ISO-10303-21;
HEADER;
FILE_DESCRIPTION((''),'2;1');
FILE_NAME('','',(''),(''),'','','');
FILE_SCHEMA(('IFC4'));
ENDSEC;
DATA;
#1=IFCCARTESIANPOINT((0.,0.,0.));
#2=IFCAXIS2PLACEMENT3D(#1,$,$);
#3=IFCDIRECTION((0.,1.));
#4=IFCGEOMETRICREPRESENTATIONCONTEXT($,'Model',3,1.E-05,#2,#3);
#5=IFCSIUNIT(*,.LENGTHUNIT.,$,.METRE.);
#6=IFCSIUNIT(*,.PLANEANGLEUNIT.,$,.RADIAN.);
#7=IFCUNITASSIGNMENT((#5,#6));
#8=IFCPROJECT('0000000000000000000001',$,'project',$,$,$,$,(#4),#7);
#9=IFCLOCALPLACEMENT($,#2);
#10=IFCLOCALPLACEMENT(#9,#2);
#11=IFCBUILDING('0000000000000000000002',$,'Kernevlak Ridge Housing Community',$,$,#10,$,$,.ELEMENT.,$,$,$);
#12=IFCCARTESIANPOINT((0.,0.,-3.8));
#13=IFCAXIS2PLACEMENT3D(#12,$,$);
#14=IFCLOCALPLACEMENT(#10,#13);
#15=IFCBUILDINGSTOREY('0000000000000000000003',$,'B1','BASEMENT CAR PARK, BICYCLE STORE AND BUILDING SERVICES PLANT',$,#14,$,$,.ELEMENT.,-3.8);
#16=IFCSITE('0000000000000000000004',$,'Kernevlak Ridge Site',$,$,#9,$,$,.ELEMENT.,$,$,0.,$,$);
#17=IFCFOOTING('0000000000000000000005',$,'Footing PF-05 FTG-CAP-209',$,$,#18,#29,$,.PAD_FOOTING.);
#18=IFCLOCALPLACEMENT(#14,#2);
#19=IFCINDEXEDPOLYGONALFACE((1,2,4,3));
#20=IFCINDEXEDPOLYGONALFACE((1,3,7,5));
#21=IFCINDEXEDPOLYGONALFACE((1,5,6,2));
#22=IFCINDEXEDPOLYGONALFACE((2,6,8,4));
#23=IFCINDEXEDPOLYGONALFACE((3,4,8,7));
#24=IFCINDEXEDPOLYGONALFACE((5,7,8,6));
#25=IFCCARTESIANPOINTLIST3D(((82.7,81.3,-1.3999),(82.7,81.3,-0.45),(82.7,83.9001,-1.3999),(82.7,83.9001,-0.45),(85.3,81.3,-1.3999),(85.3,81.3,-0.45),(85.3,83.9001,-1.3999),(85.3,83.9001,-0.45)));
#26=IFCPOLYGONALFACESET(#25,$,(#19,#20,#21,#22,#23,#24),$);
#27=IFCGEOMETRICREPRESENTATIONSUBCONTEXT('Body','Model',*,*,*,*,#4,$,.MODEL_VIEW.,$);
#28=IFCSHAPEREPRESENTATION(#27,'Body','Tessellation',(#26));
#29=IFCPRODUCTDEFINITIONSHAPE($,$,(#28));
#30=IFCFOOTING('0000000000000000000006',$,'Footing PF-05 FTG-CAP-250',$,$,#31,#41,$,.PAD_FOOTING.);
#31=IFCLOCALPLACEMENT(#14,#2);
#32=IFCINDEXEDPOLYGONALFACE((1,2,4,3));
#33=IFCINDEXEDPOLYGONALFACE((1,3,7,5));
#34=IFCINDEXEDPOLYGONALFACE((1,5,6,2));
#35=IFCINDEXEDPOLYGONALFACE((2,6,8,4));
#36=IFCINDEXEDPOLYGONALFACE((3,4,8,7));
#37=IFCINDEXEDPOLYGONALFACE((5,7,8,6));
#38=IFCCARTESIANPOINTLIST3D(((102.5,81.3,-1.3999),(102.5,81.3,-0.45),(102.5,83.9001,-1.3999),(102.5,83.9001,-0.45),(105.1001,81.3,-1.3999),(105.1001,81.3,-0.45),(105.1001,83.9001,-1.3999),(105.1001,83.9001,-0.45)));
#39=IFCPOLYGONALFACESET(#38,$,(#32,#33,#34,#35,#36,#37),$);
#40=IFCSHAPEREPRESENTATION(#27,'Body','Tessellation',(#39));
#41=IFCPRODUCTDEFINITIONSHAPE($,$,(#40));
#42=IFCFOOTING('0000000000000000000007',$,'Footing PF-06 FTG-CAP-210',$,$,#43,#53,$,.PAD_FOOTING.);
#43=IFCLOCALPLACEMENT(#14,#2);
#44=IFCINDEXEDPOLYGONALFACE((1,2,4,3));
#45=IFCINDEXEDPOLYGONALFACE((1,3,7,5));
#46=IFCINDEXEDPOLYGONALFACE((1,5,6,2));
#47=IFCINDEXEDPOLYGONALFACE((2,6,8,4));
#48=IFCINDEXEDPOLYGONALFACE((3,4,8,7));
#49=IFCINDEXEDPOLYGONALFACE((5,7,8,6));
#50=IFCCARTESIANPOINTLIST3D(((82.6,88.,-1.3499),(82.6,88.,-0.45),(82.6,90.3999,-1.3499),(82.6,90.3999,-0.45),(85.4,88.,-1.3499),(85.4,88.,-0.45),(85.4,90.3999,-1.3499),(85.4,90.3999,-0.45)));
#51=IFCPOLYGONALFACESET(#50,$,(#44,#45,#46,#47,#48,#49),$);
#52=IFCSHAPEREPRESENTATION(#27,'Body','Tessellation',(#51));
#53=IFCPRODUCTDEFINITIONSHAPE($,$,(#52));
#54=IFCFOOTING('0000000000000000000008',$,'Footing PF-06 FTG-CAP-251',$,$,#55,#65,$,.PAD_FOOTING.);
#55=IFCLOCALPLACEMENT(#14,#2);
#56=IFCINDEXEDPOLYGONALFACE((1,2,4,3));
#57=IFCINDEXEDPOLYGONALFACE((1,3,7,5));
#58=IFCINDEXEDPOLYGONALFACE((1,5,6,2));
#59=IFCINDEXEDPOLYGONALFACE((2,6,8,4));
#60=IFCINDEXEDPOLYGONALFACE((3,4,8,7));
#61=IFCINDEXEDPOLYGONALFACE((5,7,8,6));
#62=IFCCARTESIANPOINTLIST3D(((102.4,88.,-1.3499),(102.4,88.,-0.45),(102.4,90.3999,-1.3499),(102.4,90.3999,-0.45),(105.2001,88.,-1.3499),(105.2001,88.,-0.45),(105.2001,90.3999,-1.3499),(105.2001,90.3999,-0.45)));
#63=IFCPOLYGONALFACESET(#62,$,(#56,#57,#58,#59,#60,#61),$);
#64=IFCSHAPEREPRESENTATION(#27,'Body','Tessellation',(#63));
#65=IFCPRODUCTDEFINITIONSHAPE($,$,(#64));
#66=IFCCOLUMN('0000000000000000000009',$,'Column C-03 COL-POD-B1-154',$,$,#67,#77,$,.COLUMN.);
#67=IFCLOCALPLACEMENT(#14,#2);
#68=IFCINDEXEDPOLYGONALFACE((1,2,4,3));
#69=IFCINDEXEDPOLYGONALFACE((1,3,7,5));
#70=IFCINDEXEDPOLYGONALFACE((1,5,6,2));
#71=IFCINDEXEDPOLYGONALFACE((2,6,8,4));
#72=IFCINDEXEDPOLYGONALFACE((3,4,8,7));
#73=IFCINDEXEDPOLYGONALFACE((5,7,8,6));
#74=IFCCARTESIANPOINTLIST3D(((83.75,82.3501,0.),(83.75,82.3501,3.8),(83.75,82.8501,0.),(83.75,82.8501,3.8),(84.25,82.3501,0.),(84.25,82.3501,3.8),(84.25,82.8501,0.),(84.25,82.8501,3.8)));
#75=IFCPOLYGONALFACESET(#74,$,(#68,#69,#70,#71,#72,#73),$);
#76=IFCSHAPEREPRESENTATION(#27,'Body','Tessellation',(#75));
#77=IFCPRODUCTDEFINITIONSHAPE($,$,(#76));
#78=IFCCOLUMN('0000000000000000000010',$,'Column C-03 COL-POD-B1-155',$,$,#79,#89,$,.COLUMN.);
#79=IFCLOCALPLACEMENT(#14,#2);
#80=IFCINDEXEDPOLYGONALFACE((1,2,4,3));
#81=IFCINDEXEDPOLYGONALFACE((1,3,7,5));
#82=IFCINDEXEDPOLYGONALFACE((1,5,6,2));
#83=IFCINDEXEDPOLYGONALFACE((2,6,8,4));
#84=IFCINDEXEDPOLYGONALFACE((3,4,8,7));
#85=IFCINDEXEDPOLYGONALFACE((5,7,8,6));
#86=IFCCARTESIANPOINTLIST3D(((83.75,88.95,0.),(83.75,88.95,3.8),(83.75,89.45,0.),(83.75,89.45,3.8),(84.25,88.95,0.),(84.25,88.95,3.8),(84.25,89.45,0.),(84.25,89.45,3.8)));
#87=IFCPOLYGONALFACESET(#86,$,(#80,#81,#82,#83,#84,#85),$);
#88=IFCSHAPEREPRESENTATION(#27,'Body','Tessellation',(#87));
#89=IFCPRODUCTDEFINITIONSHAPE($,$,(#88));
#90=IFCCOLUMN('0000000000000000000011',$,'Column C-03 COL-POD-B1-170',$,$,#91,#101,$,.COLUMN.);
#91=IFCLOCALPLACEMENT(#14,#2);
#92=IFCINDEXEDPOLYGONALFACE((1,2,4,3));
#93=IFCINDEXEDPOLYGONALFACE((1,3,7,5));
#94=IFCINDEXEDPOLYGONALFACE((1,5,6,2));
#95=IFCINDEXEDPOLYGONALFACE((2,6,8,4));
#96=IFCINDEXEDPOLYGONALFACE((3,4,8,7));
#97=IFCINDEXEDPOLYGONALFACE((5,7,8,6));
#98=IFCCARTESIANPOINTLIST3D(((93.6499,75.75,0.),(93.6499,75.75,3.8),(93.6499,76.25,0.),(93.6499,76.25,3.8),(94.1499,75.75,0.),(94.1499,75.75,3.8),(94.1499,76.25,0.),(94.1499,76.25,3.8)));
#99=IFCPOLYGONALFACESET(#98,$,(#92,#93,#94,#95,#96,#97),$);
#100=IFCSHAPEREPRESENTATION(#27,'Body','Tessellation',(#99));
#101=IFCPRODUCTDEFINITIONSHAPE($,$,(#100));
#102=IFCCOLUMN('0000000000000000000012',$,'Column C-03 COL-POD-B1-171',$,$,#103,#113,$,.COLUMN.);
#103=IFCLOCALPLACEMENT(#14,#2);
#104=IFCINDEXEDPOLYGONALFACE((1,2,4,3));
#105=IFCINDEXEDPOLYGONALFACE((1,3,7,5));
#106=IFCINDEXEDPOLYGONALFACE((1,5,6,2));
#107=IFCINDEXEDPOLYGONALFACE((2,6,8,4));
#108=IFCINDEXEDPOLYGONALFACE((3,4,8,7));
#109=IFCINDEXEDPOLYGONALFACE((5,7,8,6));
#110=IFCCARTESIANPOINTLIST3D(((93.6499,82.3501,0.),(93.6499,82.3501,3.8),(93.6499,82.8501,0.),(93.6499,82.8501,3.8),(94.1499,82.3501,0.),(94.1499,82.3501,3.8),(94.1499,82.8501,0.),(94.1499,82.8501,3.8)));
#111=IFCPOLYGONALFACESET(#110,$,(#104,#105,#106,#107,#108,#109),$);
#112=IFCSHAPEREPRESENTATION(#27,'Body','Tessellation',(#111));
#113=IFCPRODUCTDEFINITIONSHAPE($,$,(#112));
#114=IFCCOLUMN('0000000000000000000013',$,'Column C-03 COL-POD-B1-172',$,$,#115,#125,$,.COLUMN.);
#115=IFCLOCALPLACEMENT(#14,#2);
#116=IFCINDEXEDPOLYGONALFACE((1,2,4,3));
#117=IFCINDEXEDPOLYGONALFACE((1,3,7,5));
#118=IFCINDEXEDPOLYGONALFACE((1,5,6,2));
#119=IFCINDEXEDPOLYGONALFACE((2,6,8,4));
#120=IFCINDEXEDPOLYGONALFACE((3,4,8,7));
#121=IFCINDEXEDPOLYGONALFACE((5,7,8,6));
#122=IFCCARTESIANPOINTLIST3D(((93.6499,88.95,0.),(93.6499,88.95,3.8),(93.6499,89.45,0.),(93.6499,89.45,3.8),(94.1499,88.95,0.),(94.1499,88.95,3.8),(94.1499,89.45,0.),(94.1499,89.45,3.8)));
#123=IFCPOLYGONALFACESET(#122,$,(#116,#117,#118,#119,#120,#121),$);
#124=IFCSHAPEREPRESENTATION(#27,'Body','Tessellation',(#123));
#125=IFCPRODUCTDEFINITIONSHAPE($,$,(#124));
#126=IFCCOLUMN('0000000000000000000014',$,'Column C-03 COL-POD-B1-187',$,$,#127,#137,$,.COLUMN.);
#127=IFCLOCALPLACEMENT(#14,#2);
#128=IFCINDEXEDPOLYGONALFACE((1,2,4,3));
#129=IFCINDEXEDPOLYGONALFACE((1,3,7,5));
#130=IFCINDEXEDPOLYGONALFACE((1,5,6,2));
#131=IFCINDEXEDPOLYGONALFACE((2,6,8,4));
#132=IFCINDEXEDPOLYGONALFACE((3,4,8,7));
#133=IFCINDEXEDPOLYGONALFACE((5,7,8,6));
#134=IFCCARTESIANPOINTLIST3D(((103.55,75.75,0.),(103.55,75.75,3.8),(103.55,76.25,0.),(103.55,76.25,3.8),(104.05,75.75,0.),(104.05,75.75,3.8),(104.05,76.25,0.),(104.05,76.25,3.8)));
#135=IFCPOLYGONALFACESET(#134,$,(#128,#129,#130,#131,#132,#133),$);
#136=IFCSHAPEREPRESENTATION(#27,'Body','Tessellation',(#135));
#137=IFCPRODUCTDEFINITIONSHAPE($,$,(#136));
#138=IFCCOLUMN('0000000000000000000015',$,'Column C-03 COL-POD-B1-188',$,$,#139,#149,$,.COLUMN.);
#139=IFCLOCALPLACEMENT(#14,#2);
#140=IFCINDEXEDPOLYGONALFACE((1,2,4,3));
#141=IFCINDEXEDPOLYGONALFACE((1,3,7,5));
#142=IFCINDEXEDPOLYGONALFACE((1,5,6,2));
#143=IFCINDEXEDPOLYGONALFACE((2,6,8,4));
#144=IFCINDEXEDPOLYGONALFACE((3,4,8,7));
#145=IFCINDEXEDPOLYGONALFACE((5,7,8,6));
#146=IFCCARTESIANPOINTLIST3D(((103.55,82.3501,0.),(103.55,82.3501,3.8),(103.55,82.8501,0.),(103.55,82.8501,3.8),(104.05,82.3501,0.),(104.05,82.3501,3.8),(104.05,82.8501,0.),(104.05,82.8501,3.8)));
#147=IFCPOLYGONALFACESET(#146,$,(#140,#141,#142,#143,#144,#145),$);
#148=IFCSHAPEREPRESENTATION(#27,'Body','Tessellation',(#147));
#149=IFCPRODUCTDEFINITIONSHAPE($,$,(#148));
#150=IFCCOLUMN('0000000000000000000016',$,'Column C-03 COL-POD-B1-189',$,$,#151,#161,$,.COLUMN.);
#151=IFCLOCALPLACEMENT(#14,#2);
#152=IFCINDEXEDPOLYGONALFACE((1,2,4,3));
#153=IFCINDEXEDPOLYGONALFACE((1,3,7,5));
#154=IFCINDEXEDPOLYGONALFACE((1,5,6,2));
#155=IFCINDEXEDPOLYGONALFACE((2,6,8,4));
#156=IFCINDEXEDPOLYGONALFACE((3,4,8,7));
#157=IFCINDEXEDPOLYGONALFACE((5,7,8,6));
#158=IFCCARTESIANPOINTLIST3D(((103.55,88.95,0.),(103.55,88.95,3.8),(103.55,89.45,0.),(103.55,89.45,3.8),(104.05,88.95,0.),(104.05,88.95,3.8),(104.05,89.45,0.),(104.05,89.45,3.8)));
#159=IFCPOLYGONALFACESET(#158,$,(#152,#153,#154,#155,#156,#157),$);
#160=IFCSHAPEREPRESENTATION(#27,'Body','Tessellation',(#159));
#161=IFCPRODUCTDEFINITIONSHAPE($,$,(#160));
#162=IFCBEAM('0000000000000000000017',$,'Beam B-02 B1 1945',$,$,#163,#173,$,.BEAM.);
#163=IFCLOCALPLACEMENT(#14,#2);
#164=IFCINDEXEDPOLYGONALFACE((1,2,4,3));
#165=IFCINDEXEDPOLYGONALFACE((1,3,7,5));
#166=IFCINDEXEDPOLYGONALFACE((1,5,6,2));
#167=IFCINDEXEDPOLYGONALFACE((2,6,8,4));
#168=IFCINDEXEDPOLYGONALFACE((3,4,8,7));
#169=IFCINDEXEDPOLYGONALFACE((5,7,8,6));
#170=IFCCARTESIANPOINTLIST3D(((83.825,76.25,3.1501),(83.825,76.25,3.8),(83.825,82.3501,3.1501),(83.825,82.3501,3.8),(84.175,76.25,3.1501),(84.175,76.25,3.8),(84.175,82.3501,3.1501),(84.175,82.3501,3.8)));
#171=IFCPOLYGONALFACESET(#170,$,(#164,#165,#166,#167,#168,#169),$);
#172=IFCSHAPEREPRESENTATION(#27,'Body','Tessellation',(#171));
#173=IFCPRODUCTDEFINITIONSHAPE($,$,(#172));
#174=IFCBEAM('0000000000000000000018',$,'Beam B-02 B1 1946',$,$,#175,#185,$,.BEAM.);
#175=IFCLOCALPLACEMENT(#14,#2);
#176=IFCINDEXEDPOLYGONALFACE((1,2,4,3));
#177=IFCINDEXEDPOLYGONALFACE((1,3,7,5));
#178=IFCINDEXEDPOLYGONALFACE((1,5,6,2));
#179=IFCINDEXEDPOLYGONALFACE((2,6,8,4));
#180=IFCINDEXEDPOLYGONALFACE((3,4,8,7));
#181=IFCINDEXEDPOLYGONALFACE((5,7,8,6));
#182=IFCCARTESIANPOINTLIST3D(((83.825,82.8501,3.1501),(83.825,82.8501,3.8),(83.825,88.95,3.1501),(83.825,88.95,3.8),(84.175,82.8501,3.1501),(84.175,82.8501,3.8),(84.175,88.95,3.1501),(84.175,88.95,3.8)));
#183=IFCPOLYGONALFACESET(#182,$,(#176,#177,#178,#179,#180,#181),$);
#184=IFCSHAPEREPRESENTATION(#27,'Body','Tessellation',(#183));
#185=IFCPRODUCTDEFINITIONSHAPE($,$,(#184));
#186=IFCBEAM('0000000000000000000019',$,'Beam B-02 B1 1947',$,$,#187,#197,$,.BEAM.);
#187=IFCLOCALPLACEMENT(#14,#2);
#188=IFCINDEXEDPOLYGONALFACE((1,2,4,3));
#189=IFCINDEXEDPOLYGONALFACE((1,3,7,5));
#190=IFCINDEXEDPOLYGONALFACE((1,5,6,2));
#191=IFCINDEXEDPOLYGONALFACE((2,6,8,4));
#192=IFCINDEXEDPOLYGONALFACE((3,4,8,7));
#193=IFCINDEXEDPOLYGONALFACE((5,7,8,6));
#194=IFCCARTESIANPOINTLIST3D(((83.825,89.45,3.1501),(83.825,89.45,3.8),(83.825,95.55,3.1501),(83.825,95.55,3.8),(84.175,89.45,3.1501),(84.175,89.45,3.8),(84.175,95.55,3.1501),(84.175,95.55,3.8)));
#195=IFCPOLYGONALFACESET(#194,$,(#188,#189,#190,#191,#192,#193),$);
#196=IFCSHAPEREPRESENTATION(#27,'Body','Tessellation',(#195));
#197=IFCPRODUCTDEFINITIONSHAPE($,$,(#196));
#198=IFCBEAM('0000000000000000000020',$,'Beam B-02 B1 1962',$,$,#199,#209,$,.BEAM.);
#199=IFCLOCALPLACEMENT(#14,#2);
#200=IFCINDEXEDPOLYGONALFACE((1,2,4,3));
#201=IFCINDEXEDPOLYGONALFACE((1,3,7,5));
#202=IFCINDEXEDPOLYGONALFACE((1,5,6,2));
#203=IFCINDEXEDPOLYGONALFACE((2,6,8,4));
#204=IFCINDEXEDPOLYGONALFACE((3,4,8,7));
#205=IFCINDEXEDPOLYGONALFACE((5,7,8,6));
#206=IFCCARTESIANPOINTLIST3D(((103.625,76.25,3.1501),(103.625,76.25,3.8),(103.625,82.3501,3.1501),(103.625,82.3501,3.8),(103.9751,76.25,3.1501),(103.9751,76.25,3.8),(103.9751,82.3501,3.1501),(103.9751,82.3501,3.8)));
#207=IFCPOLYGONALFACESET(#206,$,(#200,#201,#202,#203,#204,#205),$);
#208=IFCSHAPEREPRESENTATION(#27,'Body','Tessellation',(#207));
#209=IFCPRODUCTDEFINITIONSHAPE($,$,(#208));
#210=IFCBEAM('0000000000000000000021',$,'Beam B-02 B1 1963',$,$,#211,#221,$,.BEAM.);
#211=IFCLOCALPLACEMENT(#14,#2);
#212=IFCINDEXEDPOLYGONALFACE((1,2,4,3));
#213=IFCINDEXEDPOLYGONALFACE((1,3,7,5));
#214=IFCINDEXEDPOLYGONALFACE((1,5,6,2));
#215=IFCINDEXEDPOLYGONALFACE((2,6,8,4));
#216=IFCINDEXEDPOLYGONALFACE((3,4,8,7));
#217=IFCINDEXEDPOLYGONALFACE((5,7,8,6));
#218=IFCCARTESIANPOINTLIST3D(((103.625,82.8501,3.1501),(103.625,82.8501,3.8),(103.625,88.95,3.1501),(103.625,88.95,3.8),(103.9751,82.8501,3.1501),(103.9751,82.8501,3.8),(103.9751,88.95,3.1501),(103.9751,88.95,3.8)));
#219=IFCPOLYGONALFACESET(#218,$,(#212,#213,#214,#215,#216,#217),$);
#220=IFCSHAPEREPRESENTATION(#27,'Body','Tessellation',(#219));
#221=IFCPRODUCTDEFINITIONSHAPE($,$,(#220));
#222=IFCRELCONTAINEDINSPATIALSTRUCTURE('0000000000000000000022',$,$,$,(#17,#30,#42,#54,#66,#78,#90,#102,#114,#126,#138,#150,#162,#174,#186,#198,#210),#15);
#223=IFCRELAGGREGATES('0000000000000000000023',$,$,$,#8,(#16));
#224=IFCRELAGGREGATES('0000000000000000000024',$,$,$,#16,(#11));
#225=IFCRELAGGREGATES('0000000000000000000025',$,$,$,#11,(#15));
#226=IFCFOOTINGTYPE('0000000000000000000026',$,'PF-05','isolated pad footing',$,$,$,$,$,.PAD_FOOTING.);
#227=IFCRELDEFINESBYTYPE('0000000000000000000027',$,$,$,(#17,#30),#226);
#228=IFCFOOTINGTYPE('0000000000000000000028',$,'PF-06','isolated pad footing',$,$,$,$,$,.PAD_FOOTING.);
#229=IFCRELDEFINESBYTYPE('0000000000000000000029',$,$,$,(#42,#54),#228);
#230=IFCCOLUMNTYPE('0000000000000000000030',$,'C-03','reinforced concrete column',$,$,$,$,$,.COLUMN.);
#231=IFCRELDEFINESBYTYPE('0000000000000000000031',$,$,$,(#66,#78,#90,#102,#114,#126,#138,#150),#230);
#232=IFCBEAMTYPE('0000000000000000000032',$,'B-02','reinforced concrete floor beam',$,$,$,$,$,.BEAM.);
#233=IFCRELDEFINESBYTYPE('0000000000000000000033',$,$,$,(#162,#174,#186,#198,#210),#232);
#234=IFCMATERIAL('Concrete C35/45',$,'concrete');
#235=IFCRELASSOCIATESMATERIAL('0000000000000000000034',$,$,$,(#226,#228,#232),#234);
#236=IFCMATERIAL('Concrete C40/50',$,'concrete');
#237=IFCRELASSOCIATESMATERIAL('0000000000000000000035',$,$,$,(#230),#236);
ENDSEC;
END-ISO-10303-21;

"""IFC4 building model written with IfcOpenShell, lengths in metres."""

from ifc_helpers import new_model, si_unit, direction, frame, origin, origin_2d, place, context, subcontext, project, spatial, rectangle, extrude, material, material_profile, profile_set, type_object, element, save


model = new_model("IFC4")

# Units and contexts
model_context = context("Model", 3, precision=1e-05, world=origin(), true_north=direction((0.0, 1.0)))
body_context = subcontext(model_context, "Body", "Model", "MODEL_VIEW")
ifc_project = project(units=[si_unit("LENGTHUNIT", "METRE"), si_unit("PLANEANGLEUNIT", "RADIAN")], contexts=[model_context])

# Site, building, storey
site_placement = place(None, origin())
site = spatial("IfcSite", under=ifc_project, at=site_placement, Name="Kernevlak Ridge Site", CompositionType="ELEMENT", RefElevation=0.0)
building_placement = place(site_placement, origin())
building = spatial("IfcBuilding", under=site, at=building_placement, Name="Kernevlak Ridge Housing Community", CompositionType="ELEMENT")
storey_placement = place(building_placement, frame((0.0, 0.0, -3.8)))
storey = spatial("IfcBuildingStorey", under=building, at=storey_placement, Name="B1", Description="BASEMENT CAR PARK, BICYCLE STORE AND BUILDING SERVICES PLANT", CompositionType="ELEMENT", Elevation=-3.8)

# Footings
ifc_material_1 = material(Name="Concrete C35/45", Category="concrete")
footing_type_1 = type_object("IfcFootingType", Name="PF-05", Description="isolated pad footing", PredefinedType="PAD_FOOTING", material=ifc_material_1)
for number, where, z_axis, x_axis, name in (
    (1, (84.0, 82.6001, -1.3999), (0.0, 0.0, 1.0), (1.0, 0.0, 0.0), "Footing PF-05 FTG-CAP-209"),
    (2, (103.8, 82.6001, -1.3999), (0.0, 0.0, 1.0), (1.0, 0.0, 0.0), "Footing PF-05 FTG-CAP-250"),
):
    element("IfcFooting", number, at=place(storey_placement, frame(where, z_axis=z_axis, x_axis=x_axis)), inside=storey, type_object=footing_type_1, Name=name, PredefinedType="PAD_FOOTING", context=body_context, shape_type="SweptSolid", body=[
        extrude(rectangle(XDim=2.6001, YDim=2.6001, at=origin_2d()), origin(), (0.0, 0.0, 1.0), 0.95),
    ])
footing_type_2 = type_object("IfcFootingType", Name="PF-06", Description="isolated pad footing", PredefinedType="PAD_FOOTING", material=ifc_material_1)
for number, where, z_axis, x_axis, name in (
    (3, (84.0, 89.2, -1.3499), (0.0, 0.0, 1.0), (1.0, 0.0, 0.0), "Footing PF-06 FTG-CAP-210"),
    (4, (103.8, 89.2, -1.3499), (0.0, 0.0, 1.0), (1.0, 0.0, 0.0), "Footing PF-06 FTG-CAP-251"),
):
    element("IfcFooting", number, at=place(storey_placement, frame(where, z_axis=z_axis, x_axis=x_axis)), inside=storey, type_object=footing_type_2, Name=name, PredefinedType="PAD_FOOTING", context=body_context, shape_type="SweptSolid", body=[
        extrude(rectangle(XDim=2.8, YDim=2.3999, at=origin_2d()), origin(), (0.0, 0.0, 1.0), 0.8999),
    ])

# Columns
ifc_material_2 = material(Name="Concrete C40/50", Category="concrete")
ifc_material_profile_1 = material_profile(ifc_material_2, rectangle(XDim=0.5, YDim=0.5, at=origin_2d()), Name="RC 500x500")
ifc_profile_set_1 = profile_set([ifc_material_profile_1], Name="Concrete C40/50")
column_type = type_object("IfcColumnType", Name="C-03", Description="reinforced concrete column", PredefinedType="COLUMN", material=ifc_profile_set_1)
for number, where, z_axis, x_axis, name in (
    (5, (84.0, 82.6001, 0.0), (0.0, 0.0, 1.0), (1.0, 0.0, 0.0), "Column C-03 COL-POD-B1-154"),
    (6, (84.0, 89.2, 0.0), (0.0, 0.0, 1.0), (1.0, 0.0, 0.0), "Column C-03 COL-POD-B1-155"),
    (7, (93.8999, 76.0, 0.0), (0.0, 0.0, 1.0), (1.0, 0.0, 0.0), "Column C-03 COL-POD-B1-170"),
    (8, (93.8999, 82.6001, 0.0), (0.0, 0.0, 1.0), (1.0, 0.0, 0.0), "Column C-03 COL-POD-B1-171"),
    (9, (93.8999, 89.2, 0.0), (0.0, 0.0, 1.0), (1.0, 0.0, 0.0), "Column C-03 COL-POD-B1-172"),
    (10, (103.8, 76.0, 0.0), (0.0, 0.0, 1.0), (1.0, 0.0, 0.0), "Column C-03 COL-POD-B1-187"),
    (11, (103.8, 82.6001, 0.0), (0.0, 0.0, 1.0), (1.0, 0.0, 0.0), "Column C-03 COL-POD-B1-188"),
    (12, (103.8, 89.2, 0.0), (0.0, 0.0, 1.0), (1.0, 0.0, 0.0), "Column C-03 COL-POD-B1-189"),
):
    element("IfcColumn", number, at=place(storey_placement, frame(where, z_axis=z_axis, x_axis=x_axis)), inside=storey, type_object=column_type, Name=name, PredefinedType="COLUMN", context=body_context, shape_type="SweptSolid", body=[
        extrude(rectangle(XDim=0.5, YDim=0.5, at=origin_2d()), origin(), (0.0, 0.0, 1.0), 3.8),
    ])

# Beams
ifc_material_profile_2 = material_profile(ifc_material_1, rectangle(XDim=0.3501, YDim=0.6499, at=origin_2d()), Name="RC 350x650")
ifc_profile_set_2 = profile_set([ifc_material_profile_2], Name="Concrete C35/45")
beam_type_1 = type_object("IfcBeamType", Name="B-02", Description="reinforced concrete floor beam", PredefinedType="BEAM", material=ifc_profile_set_2)
beam_1_placement = place(storey_placement, frame((84.0, 76.25, 3.4751), z_axis=(0.0, 1.0, 0.0), x_axis=(-1.0, 0.0, 0.0)))
element("IfcBeam", 13, at=beam_1_placement, inside=storey, type_object=beam_type_1, Name="Beam B-02 B1 1945", PredefinedType="BEAM", context=body_context, shape_type="SweptSolid", body=[
    extrude(rectangle(XDim=0.3501, YDim=0.6499, at=origin_2d()), origin(), (0.0, 0.0, 1.0), 6.1001),
])
beam_2_placement = place(storey_placement, frame((84.0, 82.8501, 3.4751), z_axis=(0.0, 1.0, 0.0), x_axis=(-1.0, 0.0, 0.0)))
element("IfcBeam", 14, at=beam_2_placement, inside=storey, type_object=beam_type_1, Name="Beam B-02 B1 1946", PredefinedType="BEAM", context=body_context, shape_type="SweptSolid", body=[
    extrude(rectangle(XDim=0.3501, YDim=0.6499, at=origin_2d()), origin(), (0.0, 0.0, 1.0), 6.0999),
])
for number, where, z_axis, x_axis, name in (
    (15, (84.0, 89.45, 3.4751), (0.0, 1.0, 0.0), (-1.0, 0.0, 0.0), "Beam B-02 B1 1947"),
    (16, (103.8, 76.25, 3.4751), (0.0, 1.0, 0.0), (-1.0, 0.0, 0.0), "Beam B-02 B1 1962"),
):
    element("IfcBeam", number, at=place(storey_placement, frame(where, z_axis=z_axis, x_axis=x_axis)), inside=storey, type_object=beam_type_1, Name=name, PredefinedType="BEAM", context=body_context, shape_type="SweptSolid", body=[
        extrude(rectangle(XDim=0.3501, YDim=0.6499, at=origin_2d()), origin(), (0.0, 0.0, 1.0), 6.1001),
    ])
beam_3_placement = place(storey_placement, frame((103.8, 82.8501, 3.4751), z_axis=(0.0, 1.0, 0.0), x_axis=(-1.0, 0.0, 0.0)))
element("IfcBeam", 17, at=beam_3_placement, inside=storey, type_object=beam_type_1, Name="Beam B-02 B1 1963", PredefinedType="BEAM", context=body_context, shape_type="SweptSolid", body=[
    extrude(rectangle(XDim=0.3501, YDim=0.6499, at=origin_2d()), origin(), (0.0, 0.0, 1.0), 6.0999),
])

save(model, "model.ifc")
